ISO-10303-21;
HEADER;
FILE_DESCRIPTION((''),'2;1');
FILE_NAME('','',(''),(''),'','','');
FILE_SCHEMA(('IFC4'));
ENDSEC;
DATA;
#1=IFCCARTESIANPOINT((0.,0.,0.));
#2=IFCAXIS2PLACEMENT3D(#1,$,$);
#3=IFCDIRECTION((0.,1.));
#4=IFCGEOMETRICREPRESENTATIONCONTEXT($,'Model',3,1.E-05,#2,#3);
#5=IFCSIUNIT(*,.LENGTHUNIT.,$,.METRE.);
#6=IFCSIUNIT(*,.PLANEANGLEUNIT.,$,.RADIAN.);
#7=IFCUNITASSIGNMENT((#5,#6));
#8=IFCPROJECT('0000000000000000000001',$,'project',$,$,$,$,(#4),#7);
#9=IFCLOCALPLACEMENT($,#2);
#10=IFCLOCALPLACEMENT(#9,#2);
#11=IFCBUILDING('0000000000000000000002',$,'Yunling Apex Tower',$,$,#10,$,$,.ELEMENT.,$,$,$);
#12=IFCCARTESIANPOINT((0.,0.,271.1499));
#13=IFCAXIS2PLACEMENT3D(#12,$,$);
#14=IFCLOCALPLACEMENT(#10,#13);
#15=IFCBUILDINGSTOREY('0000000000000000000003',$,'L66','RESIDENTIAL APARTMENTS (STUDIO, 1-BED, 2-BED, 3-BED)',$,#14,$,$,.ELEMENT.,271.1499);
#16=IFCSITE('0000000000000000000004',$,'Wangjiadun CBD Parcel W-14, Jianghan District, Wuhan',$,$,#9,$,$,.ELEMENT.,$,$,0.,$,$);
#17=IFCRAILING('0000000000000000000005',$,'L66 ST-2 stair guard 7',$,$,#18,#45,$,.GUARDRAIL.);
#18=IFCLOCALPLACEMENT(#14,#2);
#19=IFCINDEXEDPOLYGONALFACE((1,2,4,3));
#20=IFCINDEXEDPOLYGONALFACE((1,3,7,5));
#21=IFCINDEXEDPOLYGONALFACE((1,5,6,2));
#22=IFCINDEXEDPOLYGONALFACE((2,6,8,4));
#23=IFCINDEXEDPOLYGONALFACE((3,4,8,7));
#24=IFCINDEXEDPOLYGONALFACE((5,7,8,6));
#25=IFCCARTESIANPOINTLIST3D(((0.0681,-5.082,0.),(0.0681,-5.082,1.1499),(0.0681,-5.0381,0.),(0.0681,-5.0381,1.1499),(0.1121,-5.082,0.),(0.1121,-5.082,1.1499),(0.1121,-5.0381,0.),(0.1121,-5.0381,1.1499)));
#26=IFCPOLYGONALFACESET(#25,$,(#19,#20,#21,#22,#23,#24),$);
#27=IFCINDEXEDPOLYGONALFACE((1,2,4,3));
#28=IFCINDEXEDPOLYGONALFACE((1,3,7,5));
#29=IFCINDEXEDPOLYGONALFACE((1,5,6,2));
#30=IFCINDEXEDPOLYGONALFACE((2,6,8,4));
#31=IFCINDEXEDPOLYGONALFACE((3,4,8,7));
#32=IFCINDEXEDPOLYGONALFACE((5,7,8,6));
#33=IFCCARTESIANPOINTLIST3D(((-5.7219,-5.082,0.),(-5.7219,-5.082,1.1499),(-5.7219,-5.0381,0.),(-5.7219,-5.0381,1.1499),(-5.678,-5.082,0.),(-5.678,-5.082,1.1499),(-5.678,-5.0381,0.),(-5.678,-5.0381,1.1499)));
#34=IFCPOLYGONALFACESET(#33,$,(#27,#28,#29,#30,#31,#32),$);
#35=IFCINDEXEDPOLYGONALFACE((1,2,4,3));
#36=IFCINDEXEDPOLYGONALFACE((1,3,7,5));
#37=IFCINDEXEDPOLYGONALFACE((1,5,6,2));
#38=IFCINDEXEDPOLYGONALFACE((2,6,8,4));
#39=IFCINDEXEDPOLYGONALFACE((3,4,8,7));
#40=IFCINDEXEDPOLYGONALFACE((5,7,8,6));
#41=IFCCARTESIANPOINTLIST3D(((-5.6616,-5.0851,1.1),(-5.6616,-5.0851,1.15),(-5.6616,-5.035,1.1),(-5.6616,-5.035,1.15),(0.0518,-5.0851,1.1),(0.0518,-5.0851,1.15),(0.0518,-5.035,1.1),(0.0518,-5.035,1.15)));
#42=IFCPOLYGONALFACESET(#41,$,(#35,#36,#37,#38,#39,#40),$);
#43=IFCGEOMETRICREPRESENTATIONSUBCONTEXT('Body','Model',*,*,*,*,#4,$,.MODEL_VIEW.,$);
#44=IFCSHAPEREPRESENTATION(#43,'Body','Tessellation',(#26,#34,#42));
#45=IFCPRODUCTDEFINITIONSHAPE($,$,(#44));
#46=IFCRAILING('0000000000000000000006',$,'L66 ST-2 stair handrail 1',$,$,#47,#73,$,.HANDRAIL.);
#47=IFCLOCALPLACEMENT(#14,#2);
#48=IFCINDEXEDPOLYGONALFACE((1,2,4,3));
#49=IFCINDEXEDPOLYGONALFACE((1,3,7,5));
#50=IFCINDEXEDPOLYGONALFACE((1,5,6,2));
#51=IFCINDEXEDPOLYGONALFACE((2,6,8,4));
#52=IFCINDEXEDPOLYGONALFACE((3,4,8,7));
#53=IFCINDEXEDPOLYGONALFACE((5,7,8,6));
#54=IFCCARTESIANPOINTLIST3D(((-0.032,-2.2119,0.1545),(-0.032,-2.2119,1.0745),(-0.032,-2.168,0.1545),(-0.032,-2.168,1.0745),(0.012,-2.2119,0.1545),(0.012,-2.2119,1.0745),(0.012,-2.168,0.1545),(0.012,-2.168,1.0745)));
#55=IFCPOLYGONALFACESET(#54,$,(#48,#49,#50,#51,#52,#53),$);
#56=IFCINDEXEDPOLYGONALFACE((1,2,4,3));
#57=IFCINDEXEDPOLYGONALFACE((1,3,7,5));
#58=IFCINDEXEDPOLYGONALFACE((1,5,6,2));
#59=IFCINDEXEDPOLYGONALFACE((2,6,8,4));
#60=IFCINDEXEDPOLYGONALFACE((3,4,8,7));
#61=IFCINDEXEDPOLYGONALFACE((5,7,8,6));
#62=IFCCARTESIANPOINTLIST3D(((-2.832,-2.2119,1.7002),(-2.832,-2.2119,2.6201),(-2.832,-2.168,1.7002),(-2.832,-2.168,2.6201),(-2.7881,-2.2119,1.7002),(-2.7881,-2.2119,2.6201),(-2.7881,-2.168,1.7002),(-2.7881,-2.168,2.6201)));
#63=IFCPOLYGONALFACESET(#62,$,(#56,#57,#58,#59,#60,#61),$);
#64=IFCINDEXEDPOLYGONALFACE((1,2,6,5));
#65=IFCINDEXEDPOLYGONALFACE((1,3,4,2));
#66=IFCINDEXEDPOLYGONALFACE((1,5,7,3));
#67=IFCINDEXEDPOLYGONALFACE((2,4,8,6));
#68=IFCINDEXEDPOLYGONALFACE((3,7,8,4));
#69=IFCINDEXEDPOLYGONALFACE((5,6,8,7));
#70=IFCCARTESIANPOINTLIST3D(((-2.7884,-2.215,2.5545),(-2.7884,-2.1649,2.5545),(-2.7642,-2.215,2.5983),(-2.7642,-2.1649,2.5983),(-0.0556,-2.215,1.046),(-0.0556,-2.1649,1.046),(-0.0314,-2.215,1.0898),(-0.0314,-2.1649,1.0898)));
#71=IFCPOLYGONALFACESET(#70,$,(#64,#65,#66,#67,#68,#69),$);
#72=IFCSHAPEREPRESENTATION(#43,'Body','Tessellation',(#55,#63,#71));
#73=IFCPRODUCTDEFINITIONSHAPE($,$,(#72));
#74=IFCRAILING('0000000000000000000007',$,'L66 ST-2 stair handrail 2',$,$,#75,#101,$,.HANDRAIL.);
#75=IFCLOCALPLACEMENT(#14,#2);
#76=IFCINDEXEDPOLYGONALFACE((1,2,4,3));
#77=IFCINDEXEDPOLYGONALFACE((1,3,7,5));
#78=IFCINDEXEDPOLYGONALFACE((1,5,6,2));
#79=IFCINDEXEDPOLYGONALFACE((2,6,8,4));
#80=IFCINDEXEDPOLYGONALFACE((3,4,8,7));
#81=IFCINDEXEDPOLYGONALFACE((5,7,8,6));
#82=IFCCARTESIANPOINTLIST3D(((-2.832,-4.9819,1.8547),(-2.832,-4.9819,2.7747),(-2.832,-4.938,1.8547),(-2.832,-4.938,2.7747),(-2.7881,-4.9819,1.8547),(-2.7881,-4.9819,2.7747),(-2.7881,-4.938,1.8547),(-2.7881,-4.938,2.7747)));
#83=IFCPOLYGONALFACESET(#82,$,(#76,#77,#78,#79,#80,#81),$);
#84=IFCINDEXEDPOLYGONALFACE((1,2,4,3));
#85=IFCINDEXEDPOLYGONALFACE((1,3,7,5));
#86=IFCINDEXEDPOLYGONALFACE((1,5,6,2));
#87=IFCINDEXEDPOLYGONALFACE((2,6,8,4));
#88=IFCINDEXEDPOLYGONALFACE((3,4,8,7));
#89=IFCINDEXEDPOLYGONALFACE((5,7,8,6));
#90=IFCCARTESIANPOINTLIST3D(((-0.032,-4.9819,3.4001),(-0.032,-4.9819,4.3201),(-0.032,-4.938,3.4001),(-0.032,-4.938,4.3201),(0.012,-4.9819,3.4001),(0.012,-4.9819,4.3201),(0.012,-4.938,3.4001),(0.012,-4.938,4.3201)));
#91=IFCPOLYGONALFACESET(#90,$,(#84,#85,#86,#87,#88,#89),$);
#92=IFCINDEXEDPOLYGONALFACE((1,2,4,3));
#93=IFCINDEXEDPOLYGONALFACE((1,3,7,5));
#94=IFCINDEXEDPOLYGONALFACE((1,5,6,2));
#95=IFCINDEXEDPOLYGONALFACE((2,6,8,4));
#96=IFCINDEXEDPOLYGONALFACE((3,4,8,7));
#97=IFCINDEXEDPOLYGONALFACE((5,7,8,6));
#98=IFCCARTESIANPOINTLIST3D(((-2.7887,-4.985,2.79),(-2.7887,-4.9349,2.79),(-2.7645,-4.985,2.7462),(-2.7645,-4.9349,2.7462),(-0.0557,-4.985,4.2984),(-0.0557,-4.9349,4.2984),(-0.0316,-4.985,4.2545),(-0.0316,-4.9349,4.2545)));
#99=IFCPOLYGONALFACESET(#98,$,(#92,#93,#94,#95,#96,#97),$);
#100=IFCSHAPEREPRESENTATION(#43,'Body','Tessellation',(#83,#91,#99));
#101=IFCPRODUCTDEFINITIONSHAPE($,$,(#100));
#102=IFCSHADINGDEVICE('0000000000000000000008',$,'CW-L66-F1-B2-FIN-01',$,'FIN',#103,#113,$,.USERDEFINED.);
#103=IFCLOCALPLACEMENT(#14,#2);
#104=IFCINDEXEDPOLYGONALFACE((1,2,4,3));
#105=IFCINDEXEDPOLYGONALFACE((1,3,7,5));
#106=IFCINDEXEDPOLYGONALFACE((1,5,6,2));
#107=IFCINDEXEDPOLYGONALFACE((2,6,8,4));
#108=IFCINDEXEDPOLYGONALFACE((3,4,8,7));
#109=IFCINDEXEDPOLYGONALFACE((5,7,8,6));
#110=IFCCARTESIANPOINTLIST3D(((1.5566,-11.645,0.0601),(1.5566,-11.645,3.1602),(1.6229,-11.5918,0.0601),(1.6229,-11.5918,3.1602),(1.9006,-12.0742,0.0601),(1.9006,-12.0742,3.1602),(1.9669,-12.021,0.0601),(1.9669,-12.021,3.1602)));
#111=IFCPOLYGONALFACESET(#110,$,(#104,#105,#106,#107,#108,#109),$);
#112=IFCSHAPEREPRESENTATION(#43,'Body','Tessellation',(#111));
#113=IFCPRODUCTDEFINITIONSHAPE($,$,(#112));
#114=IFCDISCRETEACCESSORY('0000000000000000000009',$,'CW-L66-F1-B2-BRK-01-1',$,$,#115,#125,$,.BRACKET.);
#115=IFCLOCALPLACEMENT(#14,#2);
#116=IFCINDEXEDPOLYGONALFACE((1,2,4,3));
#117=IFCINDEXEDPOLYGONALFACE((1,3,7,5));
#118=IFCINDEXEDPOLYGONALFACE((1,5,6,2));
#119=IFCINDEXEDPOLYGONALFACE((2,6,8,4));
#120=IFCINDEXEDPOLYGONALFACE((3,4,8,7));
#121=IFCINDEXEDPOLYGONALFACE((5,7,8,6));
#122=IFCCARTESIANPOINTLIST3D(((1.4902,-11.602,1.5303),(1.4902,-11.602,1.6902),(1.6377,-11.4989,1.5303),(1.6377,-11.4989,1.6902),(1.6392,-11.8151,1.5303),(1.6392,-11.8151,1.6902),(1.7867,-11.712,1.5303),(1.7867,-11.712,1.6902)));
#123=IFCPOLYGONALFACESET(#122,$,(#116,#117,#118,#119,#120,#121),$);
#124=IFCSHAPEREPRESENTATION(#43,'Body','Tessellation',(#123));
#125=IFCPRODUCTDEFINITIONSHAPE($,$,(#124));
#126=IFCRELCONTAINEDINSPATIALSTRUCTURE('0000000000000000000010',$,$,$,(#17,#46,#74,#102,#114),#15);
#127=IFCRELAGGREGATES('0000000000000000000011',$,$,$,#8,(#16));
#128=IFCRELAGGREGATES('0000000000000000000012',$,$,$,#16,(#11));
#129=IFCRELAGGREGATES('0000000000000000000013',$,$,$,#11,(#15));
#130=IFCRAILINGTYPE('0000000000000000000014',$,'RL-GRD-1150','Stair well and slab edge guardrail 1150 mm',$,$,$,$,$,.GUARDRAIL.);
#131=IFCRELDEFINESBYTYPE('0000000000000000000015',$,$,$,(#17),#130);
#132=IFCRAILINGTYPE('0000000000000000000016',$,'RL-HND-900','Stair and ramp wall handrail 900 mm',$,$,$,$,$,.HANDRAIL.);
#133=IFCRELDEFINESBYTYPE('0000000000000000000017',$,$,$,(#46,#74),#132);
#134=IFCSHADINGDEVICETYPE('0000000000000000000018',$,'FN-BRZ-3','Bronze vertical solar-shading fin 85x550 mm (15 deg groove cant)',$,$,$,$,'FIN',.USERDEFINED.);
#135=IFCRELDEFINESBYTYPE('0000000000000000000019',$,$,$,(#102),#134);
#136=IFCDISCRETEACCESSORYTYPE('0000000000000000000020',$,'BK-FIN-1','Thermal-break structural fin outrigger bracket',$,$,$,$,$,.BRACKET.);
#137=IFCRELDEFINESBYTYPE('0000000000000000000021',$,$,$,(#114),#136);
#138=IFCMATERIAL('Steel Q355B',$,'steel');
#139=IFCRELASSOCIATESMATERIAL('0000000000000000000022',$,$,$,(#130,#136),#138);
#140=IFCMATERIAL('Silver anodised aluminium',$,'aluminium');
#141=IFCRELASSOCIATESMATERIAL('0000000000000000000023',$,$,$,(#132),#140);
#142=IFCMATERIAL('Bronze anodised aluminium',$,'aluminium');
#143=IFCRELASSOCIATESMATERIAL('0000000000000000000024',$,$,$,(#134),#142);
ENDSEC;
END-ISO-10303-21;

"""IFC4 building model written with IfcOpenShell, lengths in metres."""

from ifc_helpers import new_model, si_unit, direction, frame, origin, origin_2d, place, context, subcontext, project, spatial, rectangle, extrude, source, transform, mapped, material, material_profile, profile_set, type_object, element, save


model = new_model("IFC4")

# Units and contexts
model_context = context("Model", 3, precision=1e-05, world=origin(), true_north=direction((0.0, 1.0)))
body_context = subcontext(model_context, "Body", "Model", "MODEL_VIEW")
ifc_project = project(units=[si_unit("LENGTHUNIT", "METRE"), si_unit("PLANEANGLEUNIT", "RADIAN")], contexts=[model_context])

# Site, building, storey
site_placement = place(None, origin())
site = spatial("IfcSite", under=ifc_project, at=site_placement, Name="Wangjiadun CBD Parcel W-14, Jianghan District, Wuhan", CompositionType="ELEMENT", RefElevation=0.0)
building_placement = place(site_placement, origin())
building = spatial("IfcBuilding", under=site, at=building_placement, Name="Yunling Apex Tower", CompositionType="ELEMENT")
storey_placement = place(building_placement, frame((0.0, 0.0, 271.1499)))
storey = spatial("IfcBuildingStorey", under=building, at=storey_placement, Name="L66", Description="RESIDENTIAL APARTMENTS (STUDIO, 1-BED, 2-BED, 3-BED)", CompositionType="ELEMENT", Elevation=271.1499)

# Shared definitions
ifc_material_1 = material(Name="Steel Q355B", Category="steel")

# Shared definitions
ifc_material_2 = material(Name="Bronze anodised aluminium", Category="aluminium")

# Railings
railing_type_1 = type_object("IfcRailingType", Name="RL-GRD-1150", Description="Stair well and slab edge guardrail 1150 mm", PredefinedType="GUARDRAIL", material=ifc_material_1)
railing_1_placement = place(storey_placement, frame((0.0901, -5.0601, 0.0)))
element("IfcRailing", 1, at=railing_1_placement, inside=storey, type_object=railing_type_1, Name="L66 ST-2 stair guard 7", PredefinedType="GUARDRAIL", context=body_context, shape_type="SweptSolid", body=[
    extrude(rectangle(XDim=0.0439, YDim=0.0439, at=origin_2d()), origin(), (0.0, 0.0, 1.0), 1.1499),
    extrude(rectangle(XDim=0.0439, YDim=0.0439, at=origin_2d()), frame((-5.79, 0.0, 0.0)), (0.0, 0.0, 1.0), 1.1499),
    extrude(rectangle(XDim=0.05, YDim=0.05, at=origin_2d()), frame((-0.0383, 0.0, 1.125), z_axis=(-1.0, 0.0, 0.0), x_axis=(0.0, -1.0, 0.0)), (0.0, 0.0, 1.0), 5.7134),
])
ifc_material_3 = material(Name="Silver anodised aluminium", Category="aluminium")
railing_type_2 = type_object("IfcRailingType", Name="RL-HND-900", Description="Stair and ramp wall handrail 900 mm", PredefinedType="HANDRAIL", material=ifc_material_3)
railing_2_placement = place(storey_placement, frame((-0.01, -2.1899, 0.1545)))
element("IfcRailing", 2, at=railing_2_placement, inside=storey, type_object=railing_type_2, Name="L66 ST-2 stair handrail 1", PredefinedType="HANDRAIL", context=body_context, shape_type="SweptSolid", body=[
    extrude(rectangle(XDim=0.0439, YDim=0.0439, at=origin_2d()), origin(), (0.0, 0.0, 1.0), 0.9199),
    extrude(rectangle(XDim=0.0439, YDim=0.0439, at=origin_2d()), frame((-2.8, 0.0, 1.5457)), (0.0, 0.0, 1.0), 0.9199),
    extrude(rectangle(XDim=0.05, YDim=0.05, at=origin_2d()), frame((-0.0334, 0.0, 0.9133), z_axis=(-0.875472, 0.0, 0.483269), x_axis=(0.0, -1.0, 0.0)), (0.0, 0.0, 1.0), 3.1216),
])
railing_3_placement = place(storey_placement, frame((-2.8101, -4.96, 1.8547)))
element("IfcRailing", 3, at=railing_3_placement, inside=storey, type_object=railing_type_2, Name="L66 ST-2 stair handrail 2", PredefinedType="HANDRAIL", context=body_context, shape_type="SweptSolid", body=[
    extrude(rectangle(XDim=0.0439, YDim=0.0439, at=origin_2d()), origin(), (0.0, 0.0, 1.0), 0.9199),
    extrude(rectangle(XDim=0.0439, YDim=0.0439, at=origin_2d()), frame((2.8, 0.0, 1.5454)), (0.0, 0.0, 1.0), 0.9199),
    extrude(rectangle(XDim=0.05, YDim=0.05, at=origin_2d()), frame((0.0334, 0.0, 0.9133), z_axis=(0.875504, 0.0, 0.483211), x_axis=(0.0, 1.0, 0.0)), (0.0, 0.0, 1.0), 3.1216),
])

# Shading device
ifc_material_profile_1 = material_profile(ifc_material_2, rectangle(XDim=0.085, YDim=0.55, at=origin_2d()))
ifc_profile_set_1 = profile_set([ifc_material_profile_1], Name="Bronze anodised aluminium")
shading_device_type = type_object("IfcShadingDeviceType", Name="FN-BRZ-3", Description="Bronze vertical solar-shading fin 85x550 mm (15 deg groove cant)", ElementType="FIN", PredefinedType="USERDEFINED", material=ifc_profile_set_1)
shared_shape_1 = source(origin(), body_context, "Body", "SweptSolid", [
    extrude(rectangle(XDim=0.085, YDim=0.55, at=origin_2d()), origin(), (0.0, 0.0, 1.0), 3.1001),
])
shading_device_placement = place(storey_placement, frame((1.7617, -11.833, 0.0601), z_axis=(0.0, 0.0, 1.0), x_axis=(0.780321, 0.625379, 0.0)))
element("IfcShadingDevice", 4, at=shading_device_placement, inside=storey, type_object=shading_device_type, Name="CW-L66-F1-B2-FIN-01", ObjectType="FIN", PredefinedType="USERDEFINED", context=body_context, shape_type="MappedRepresentation", body=[
    mapped(shared_shape_1, transform((0.0, 0.0, 0.0), scale=1.0)),
])

# Discrete accessory
discrete_accessory_type = type_object("IfcDiscreteAccessoryType", Name="BK-FIN-1", Description="Thermal-break structural fin outrigger bracket", PredefinedType="BRACKET", material=ifc_material_1)
shared_shape_2 = source(origin(), body_context, "Body", "SweptSolid", [
    extrude(rectangle(XDim=0.1799, YDim=0.26, at=origin_2d()), origin(), (0.0, 0.0, 1.0), 0.1599),
])
discrete_accessory_placement = place(storey_placement, frame((1.6384, -11.657, 1.5303), z_axis=(0.0, 0.0, 1.0), x_axis=(0.819552, 0.573004, 0.0)))
element("IfcDiscreteAccessory", 5, at=discrete_accessory_placement, inside=storey, type_object=discrete_accessory_type, Name="CW-L66-F1-B2-BRK-01-1", PredefinedType="BRACKET", context=body_context, shape_type="MappedRepresentation", body=[
    mapped(shared_shape_2, transform((0.0, 0.0, 0.0), scale=1.0)),
])

save(model, "model.ifc")
